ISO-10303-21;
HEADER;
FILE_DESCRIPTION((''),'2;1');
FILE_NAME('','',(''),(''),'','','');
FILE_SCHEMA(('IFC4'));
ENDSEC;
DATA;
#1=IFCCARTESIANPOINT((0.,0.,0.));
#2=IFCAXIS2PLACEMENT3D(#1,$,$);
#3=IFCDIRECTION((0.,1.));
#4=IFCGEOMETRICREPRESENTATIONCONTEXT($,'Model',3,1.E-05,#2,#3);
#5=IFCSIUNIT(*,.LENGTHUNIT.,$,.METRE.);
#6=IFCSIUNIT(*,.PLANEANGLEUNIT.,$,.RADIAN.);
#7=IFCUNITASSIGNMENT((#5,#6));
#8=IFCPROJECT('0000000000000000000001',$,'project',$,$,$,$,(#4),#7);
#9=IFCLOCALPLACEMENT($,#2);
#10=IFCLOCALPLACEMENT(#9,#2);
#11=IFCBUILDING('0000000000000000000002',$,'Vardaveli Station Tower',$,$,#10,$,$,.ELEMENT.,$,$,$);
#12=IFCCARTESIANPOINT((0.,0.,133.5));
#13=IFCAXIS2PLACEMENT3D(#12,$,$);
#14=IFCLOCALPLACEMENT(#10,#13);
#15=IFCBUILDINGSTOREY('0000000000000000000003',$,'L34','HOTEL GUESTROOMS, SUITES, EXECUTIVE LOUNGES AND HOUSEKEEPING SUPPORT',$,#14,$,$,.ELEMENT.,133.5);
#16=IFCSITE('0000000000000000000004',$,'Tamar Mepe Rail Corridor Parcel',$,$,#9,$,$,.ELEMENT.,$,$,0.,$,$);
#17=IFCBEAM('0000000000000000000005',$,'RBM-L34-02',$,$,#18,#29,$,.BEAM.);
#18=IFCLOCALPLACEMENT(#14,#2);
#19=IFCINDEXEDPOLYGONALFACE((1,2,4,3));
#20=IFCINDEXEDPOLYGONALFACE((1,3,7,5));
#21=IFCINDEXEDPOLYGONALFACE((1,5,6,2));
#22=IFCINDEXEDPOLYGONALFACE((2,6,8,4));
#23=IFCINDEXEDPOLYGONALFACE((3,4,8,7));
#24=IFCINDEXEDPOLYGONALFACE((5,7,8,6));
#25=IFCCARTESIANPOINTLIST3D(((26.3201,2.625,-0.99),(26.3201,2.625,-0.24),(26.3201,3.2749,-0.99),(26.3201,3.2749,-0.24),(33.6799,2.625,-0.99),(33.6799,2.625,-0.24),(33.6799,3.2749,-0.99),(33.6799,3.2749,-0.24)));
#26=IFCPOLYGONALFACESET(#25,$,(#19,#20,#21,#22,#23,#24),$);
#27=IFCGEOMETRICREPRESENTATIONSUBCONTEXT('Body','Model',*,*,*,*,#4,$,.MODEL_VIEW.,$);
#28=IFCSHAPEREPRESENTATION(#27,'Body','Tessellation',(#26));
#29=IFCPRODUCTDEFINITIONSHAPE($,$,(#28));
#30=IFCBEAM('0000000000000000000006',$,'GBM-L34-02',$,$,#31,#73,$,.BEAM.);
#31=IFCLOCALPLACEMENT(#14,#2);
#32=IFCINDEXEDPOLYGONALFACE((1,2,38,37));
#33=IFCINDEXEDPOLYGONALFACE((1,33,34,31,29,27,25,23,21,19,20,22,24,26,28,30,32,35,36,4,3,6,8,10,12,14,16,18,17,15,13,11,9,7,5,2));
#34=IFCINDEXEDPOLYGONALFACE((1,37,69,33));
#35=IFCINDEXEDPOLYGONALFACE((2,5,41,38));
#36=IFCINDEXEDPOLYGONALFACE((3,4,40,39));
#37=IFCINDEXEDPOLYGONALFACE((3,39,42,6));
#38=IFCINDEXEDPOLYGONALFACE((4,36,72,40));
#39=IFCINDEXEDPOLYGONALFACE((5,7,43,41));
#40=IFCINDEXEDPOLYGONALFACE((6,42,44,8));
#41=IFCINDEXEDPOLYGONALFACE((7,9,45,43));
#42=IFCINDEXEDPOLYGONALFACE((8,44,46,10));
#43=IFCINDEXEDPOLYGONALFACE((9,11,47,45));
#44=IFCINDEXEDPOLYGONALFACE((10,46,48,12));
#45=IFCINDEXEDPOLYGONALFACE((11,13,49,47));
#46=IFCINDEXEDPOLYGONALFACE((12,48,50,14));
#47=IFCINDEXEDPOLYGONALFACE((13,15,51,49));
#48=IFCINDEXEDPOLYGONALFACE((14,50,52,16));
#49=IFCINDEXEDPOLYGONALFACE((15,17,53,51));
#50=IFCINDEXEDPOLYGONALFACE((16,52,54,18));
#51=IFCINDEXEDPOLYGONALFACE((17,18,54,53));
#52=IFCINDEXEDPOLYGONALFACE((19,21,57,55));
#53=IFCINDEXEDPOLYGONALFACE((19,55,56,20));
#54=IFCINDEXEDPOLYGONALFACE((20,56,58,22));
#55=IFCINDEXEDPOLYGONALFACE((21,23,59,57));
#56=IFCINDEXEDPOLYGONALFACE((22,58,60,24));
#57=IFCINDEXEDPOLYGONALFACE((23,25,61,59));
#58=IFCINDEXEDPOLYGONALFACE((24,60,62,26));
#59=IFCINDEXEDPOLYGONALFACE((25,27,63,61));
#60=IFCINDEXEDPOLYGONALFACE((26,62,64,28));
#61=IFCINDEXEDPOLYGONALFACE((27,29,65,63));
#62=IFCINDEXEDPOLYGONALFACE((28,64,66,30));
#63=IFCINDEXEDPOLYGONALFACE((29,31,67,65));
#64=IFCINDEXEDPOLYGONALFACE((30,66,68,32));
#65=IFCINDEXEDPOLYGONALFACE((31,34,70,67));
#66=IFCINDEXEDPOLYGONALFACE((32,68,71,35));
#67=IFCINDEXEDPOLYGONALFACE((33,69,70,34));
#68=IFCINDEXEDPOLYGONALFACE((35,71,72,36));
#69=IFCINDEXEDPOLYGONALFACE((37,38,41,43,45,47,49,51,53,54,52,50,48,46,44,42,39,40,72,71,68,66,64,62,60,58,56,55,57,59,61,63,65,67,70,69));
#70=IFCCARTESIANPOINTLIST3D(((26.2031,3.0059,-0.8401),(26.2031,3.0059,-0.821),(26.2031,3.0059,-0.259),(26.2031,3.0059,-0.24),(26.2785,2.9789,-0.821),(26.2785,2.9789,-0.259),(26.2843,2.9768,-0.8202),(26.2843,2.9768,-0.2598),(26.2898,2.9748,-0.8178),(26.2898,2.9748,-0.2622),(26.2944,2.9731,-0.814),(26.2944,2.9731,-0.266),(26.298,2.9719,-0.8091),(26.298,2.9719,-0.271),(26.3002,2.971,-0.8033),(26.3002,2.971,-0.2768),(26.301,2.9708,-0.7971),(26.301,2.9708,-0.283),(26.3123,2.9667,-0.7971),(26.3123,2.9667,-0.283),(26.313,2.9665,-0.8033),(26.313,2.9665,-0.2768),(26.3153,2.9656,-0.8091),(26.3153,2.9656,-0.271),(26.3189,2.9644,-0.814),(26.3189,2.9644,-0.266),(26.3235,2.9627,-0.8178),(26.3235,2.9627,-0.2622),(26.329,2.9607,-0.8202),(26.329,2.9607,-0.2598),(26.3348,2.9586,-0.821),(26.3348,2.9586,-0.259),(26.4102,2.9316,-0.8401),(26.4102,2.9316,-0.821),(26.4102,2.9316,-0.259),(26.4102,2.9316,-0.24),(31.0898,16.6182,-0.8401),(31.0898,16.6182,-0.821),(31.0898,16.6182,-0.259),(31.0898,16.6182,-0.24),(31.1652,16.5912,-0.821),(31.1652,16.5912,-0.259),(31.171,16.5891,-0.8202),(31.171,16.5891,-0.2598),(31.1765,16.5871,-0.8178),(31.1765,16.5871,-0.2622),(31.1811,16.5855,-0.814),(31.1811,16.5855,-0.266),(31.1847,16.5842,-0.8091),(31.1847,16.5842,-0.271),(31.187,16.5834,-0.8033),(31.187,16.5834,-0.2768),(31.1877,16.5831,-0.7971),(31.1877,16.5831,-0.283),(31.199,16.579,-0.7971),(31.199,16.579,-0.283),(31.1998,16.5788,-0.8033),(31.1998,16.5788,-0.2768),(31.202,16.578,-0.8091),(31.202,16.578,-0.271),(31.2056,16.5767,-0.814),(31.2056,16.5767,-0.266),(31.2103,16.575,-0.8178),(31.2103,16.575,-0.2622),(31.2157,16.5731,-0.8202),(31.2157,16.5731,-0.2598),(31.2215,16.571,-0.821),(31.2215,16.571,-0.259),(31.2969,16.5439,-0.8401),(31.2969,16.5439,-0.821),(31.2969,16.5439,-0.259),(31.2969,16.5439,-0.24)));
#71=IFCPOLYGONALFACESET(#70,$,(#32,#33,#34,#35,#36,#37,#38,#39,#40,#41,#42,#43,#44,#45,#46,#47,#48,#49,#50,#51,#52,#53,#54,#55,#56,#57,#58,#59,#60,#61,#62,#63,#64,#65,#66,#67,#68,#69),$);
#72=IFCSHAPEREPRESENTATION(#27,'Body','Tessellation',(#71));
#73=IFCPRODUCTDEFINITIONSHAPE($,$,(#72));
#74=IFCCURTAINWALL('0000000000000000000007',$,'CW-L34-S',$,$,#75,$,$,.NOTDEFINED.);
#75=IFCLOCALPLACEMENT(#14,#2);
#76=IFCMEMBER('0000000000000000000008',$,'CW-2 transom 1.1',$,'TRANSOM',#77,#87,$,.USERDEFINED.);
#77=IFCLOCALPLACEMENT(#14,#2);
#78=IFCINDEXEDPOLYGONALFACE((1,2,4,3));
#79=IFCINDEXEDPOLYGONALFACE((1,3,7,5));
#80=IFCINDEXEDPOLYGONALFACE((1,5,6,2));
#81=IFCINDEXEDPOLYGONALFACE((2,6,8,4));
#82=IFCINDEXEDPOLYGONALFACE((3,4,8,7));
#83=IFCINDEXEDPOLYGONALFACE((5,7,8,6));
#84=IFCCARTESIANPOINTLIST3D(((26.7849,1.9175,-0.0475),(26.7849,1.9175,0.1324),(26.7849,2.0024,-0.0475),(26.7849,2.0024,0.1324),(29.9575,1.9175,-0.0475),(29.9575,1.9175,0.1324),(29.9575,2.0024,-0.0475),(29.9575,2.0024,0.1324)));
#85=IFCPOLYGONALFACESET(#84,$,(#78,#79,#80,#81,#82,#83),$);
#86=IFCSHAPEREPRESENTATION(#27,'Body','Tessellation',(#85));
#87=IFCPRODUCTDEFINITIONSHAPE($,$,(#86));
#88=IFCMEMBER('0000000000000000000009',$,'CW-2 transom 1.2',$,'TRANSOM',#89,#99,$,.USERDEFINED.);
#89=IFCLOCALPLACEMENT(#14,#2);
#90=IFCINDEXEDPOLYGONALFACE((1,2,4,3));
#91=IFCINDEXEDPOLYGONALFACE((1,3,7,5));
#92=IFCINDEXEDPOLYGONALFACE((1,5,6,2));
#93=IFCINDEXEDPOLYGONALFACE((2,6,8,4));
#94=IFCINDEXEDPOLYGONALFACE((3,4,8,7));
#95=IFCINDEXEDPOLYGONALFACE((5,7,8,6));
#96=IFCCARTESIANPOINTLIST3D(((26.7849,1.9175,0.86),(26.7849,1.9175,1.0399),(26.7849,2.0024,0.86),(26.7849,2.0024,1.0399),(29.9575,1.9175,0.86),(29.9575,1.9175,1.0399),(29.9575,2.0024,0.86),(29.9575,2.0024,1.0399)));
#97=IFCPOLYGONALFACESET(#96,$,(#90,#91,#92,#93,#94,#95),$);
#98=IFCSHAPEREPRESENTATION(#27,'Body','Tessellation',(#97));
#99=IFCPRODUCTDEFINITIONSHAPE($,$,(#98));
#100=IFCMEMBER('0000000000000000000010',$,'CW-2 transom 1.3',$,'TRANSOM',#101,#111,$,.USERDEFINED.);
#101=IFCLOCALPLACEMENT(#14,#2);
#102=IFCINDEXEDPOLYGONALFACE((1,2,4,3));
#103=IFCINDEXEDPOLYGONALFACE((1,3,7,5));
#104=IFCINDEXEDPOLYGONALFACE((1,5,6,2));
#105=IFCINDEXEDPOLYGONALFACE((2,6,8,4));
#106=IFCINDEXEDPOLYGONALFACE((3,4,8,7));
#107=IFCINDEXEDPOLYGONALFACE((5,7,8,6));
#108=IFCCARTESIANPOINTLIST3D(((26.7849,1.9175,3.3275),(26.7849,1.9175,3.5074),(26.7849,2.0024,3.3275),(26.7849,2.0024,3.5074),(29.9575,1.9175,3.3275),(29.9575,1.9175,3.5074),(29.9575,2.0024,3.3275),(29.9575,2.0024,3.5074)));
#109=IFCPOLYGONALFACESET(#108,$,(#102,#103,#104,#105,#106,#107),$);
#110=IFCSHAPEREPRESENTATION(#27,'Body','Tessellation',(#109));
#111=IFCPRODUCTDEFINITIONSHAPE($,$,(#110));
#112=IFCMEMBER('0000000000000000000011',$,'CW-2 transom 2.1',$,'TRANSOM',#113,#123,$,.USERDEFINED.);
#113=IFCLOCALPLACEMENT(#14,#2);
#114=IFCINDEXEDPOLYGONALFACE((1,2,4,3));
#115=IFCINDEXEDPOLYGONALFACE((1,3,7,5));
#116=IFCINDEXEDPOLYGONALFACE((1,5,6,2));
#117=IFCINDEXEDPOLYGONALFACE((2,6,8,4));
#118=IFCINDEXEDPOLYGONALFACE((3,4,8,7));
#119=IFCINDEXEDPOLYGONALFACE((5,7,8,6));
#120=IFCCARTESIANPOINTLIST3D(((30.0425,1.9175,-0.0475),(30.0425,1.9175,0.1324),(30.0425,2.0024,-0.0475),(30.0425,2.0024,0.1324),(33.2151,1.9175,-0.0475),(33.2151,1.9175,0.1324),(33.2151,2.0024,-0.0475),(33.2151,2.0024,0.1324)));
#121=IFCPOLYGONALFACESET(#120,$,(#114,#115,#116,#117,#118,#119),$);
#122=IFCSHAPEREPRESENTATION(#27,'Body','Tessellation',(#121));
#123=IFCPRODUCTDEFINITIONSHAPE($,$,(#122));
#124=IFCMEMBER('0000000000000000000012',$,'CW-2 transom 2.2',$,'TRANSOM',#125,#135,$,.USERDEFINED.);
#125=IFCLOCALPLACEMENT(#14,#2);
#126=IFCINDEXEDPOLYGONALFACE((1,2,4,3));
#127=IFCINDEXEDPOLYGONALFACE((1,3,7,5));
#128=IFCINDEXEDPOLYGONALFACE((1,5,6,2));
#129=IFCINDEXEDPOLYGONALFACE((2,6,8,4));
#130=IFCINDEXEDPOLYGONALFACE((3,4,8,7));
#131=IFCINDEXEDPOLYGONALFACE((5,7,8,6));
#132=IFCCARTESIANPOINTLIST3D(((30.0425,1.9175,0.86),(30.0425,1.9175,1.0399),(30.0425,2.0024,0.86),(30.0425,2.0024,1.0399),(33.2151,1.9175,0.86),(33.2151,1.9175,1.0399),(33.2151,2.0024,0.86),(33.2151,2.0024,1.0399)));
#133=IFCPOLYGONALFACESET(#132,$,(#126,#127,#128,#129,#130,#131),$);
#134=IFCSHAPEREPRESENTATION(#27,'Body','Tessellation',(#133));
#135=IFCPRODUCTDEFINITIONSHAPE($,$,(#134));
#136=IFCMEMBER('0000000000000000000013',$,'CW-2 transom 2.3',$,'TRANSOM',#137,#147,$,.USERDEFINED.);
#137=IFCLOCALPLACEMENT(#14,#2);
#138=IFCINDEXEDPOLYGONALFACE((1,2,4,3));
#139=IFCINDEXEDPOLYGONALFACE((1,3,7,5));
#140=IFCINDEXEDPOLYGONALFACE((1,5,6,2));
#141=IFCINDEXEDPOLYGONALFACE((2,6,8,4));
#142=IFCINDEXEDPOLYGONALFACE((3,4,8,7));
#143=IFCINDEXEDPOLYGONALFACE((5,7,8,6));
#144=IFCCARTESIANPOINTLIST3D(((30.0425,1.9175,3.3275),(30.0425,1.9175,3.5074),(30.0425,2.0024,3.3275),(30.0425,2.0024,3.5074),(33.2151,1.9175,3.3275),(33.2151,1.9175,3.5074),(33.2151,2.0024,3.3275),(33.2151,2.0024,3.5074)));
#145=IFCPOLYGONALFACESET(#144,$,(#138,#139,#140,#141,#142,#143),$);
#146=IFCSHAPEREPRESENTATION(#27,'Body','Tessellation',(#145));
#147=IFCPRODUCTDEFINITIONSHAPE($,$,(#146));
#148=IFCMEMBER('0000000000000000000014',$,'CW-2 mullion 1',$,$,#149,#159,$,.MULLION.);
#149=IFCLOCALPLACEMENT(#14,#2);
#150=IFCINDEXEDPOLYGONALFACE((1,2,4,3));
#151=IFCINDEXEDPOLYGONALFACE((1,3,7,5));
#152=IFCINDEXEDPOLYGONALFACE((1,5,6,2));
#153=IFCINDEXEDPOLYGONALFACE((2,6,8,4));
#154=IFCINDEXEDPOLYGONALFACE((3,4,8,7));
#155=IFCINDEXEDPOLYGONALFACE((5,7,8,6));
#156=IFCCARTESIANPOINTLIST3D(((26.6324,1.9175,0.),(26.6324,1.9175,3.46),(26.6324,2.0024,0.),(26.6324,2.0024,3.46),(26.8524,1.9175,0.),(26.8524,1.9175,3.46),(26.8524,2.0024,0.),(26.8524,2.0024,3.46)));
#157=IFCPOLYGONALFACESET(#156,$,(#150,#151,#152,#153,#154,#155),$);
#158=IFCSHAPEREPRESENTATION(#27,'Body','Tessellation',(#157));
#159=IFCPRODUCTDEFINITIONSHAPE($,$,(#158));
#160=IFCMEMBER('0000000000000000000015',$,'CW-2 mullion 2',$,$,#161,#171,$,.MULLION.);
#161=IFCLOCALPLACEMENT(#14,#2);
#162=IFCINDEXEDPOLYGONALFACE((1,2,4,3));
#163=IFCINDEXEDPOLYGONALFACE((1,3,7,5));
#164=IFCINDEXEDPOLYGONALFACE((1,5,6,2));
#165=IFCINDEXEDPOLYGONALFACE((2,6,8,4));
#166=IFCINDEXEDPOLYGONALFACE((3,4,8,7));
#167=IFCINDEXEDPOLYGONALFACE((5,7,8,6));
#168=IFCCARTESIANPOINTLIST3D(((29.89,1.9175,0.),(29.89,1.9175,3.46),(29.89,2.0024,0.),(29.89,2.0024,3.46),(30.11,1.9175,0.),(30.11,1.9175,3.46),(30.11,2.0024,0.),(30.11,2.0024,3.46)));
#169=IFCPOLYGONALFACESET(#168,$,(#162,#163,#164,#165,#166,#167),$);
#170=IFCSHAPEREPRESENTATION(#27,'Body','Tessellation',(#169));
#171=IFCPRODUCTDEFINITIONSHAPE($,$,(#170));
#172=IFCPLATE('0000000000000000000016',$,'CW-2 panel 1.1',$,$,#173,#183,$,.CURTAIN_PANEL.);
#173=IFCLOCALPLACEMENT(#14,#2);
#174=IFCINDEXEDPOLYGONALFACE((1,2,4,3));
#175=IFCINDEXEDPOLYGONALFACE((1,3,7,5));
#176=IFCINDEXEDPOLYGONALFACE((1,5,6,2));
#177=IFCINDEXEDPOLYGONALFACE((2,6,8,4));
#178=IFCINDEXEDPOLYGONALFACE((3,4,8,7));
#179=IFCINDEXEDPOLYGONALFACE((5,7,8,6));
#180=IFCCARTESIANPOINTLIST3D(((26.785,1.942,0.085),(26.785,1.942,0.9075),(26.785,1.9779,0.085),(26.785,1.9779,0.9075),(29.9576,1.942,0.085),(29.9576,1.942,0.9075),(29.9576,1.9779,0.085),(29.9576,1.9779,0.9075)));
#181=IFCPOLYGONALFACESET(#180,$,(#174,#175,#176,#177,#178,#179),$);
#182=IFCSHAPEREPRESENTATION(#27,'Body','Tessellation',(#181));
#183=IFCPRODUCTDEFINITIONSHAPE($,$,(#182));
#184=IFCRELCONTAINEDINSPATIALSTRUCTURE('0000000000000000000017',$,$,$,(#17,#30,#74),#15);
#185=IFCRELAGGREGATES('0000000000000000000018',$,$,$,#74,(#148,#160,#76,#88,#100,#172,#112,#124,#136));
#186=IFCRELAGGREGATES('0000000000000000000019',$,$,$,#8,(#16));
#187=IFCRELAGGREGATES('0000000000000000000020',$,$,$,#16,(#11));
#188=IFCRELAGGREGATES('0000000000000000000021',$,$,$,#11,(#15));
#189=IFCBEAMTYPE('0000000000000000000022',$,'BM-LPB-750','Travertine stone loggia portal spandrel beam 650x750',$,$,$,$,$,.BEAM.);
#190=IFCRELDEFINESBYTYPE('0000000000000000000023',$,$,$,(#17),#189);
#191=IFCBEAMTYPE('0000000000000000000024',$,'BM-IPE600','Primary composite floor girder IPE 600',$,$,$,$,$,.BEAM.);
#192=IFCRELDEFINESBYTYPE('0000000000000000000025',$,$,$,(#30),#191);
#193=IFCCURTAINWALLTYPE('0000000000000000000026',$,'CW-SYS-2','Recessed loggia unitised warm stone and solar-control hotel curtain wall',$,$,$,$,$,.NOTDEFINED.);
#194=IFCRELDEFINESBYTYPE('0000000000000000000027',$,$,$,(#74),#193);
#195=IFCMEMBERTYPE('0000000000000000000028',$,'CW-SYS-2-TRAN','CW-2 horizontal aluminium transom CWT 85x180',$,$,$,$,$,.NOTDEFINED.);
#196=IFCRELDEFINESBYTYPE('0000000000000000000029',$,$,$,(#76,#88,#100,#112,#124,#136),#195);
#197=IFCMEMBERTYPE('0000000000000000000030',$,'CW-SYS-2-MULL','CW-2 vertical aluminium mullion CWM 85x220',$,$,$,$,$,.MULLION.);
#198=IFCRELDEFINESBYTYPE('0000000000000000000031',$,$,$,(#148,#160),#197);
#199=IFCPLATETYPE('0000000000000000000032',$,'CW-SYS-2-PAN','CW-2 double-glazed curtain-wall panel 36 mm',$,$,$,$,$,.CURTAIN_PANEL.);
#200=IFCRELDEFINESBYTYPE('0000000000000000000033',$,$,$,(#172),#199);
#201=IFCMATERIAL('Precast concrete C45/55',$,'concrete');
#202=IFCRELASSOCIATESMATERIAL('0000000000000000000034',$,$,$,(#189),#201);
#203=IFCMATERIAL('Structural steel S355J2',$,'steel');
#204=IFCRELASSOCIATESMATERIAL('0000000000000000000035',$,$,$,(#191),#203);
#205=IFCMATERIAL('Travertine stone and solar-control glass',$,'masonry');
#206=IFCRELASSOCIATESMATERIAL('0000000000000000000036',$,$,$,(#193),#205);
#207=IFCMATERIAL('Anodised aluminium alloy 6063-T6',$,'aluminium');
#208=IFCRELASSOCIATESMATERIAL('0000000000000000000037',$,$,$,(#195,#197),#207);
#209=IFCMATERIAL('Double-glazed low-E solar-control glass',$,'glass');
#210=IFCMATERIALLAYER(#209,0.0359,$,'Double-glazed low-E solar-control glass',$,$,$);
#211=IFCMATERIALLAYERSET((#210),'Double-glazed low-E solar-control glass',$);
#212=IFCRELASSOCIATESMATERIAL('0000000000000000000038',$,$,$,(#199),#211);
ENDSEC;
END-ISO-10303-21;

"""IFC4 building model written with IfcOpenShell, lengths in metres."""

from ifc_helpers import new_model, si_unit, direction, frame, origin, origin_2d, place, context, subcontext, project, spatial, rectangle, i_section, extrude, source, transform, mapped, material, layer, layer_set, material_profile, profile_set, type_object, element, aggregate, save


model = new_model("IFC4")

# Units and contexts
model_context = context("Model", 3, precision=1e-05, world=origin(), true_north=direction((0.0, 1.0)))
body_context = subcontext(model_context, "Body", "Model", "MODEL_VIEW")
ifc_project = project(units=[si_unit("LENGTHUNIT", "METRE"), si_unit("PLANEANGLEUNIT", "RADIAN")], contexts=[model_context])

# Site, building, storey
site_placement = place(None, origin())
site = spatial("IfcSite", under=ifc_project, at=site_placement, Name="Tamar Mepe Rail Corridor Parcel", CompositionType="ELEMENT", RefElevation=0.0)
building_placement = place(site_placement, origin())
building = spatial("IfcBuilding", under=site, at=building_placement, Name="Vardaveli Station Tower", CompositionType="ELEMENT")
storey_placement = place(building_placement, frame((0.0, 0.0, 133.5)))
storey = spatial("IfcBuildingStorey", under=building, at=storey_placement, Name="L34", Description="HOTEL GUESTROOMS, SUITES, EXECUTIVE LOUNGES AND HOUSEKEEPING SUPPORT", CompositionType="ELEMENT", Elevation=133.5)

# Beams
ifc_material_1 = material(Name="Precast concrete C45/55", Category="concrete")
ifc_material_profile_1 = material_profile(ifc_material_1, rectangle(XDim=0.6499, YDim=0.75, at=origin_2d()), Name="LPB 650x750")
ifc_profile_set_1 = profile_set([ifc_material_profile_1], Name="Precast concrete C45/55")
beam_type_1 = type_object("IfcBeamType", Name="BM-LPB-750", Description="Travertine stone loggia portal spandrel beam 650x750", PredefinedType="BEAM", material=ifc_profile_set_1)
shared_shape_1 = source(origin(), body_context, "Body", "SweptSolid", [
    extrude(rectangle(XDim=0.6499, YDim=0.75, at=origin_2d()), origin(), (0.0, 0.0, 1.0), 7.3599),
])
beam_1_placement = place(storey_placement, frame((26.3201, 2.95, -0.615), z_axis=(1.0, 0.0, 0.0), x_axis=(0.0, 1.0, 0.0)))
element("IfcBeam", 1, at=beam_1_placement, inside=storey, type_object=beam_type_1, Name="RBM-L34-02", PredefinedType="BEAM", context=body_context, shape_type="MappedRepresentation", body=[
    mapped(shared_shape_1, transform((0.0, 0.0, 0.0), scale=1.0)),
])
ifc_material_2 = material(Name="Structural steel S355J2", Category="steel")
ifc_material_profile_2 = material_profile(ifc_material_2, i_section(OverallWidth=0.22, OverallDepth=0.6001, WebThickness=0.012, FlangeThickness=0.019, FilletRadius=0.0239, at=origin_2d()), Name="IPE 600")
ifc_profile_set_2 = profile_set([ifc_material_profile_2], Name="Structural steel S355J2")
beam_type_2 = type_object("IfcBeamType", Name="BM-IPE600", Description="Primary composite floor girder IPE 600", PredefinedType="BEAM", material=ifc_profile_set_2)
shared_shape_2 = source(origin(), body_context, "Body", "SweptSolid", [
    extrude(i_section(OverallWidth=0.22, OverallDepth=0.6001, WebThickness=0.012, FlangeThickness=0.019, FilletRadius=0.0239, at=origin_2d()), origin(), (0.0, 0.0, 1.0), 14.4629),
])
beam_2_placement = place(storey_placement, frame((26.3066, 2.9688, -0.54), z_axis=(0.33788, 0.941189, 0.0), x_axis=(-0.941189, 0.33788, 0.0)))
element("IfcBeam", 2, at=beam_2_placement, inside=storey, type_object=beam_type_2, Name="GBM-L34-02", PredefinedType="BEAM", context=body_context, shape_type="MappedRepresentation", body=[
    mapped(shared_shape_2, transform((0.0, 0.0, 0.0), scale=1.0)),
])

# Curtain wall, members, plate
ifc_material_3 = material(Name="Travertine stone and solar-control glass", Category="masonry")
curtain_wall_type = type_object("IfcCurtainWallType", Name="CW-SYS-2", Description="Recessed loggia unitised warm stone and solar-control hotel curtain wall", PredefinedType="NOTDEFINED", material=ifc_material_3)
curtain_wall_placement = place(storey_placement, origin())
curtain_wall = element("IfcCurtainWall", 3, at=curtain_wall_placement, inside=storey, type_object=curtain_wall_type, Name="CW-L34-S", PredefinedType="NOTDEFINED")
ifc_material_4 = material(Name="Anodised aluminium alloy 6063-T6", Category="aluminium")
ifc_material_profile_3 = material_profile(ifc_material_4, rectangle(XDim=0.085, YDim=0.1799, at=origin_2d()), Name="CWT 85x180")
ifc_profile_set_3 = profile_set([ifc_material_profile_3], Name="Anodised aluminium alloy 6063-T6")
member_type_1 = type_object("IfcMemberType", Name="CW-SYS-2-TRAN", Description="CW-2 horizontal aluminium transom CWT 85x180", PredefinedType="NOTDEFINED", material=ifc_profile_set_3)
shared_shape_3 = source(origin(), body_context, "Body", "SweptSolid", [
    extrude(rectangle(XDim=0.085, YDim=0.1799, at=origin_2d()), origin(), (0.0, 0.0, 1.0), 3.1726),
])
member_1_placement = place(storey_placement, frame((26.7849, 1.96, 0.0425), z_axis=(1.0, 0.0, 0.0), x_axis=(0.0, 1.0, 0.0)))
member_1 = element("IfcMember", 4, at=member_1_placement, type_object=member_type_1, Name="CW-2 transom 1.1", ObjectType="TRANSOM", PredefinedType="USERDEFINED", context=body_context, shape_type="MappedRepresentation", body=[
    mapped(shared_shape_3, transform((0.0, 0.0, 0.0), scale=1.0)),
])
member_2_placement = place(storey_placement, frame((26.7849, 1.96, 0.95), z_axis=(1.0, 0.0, 0.0), x_axis=(0.0, 1.0, 0.0)))
member_2 = element("IfcMember", 5, at=member_2_placement, type_object=member_type_1, Name="CW-2 transom 1.2", ObjectType="TRANSOM", PredefinedType="USERDEFINED", context=body_context, shape_type="MappedRepresentation", body=[
    mapped(shared_shape_3, transform((0.0, 0.0, 0.0), scale=1.0)),
])
member_3_placement = place(storey_placement, frame((26.7849, 1.96, 3.4175), z_axis=(1.0, 0.0, 0.0), x_axis=(0.0, 1.0, 0.0)))
member_3 = element("IfcMember", 6, at=member_3_placement, type_object=member_type_1, Name="CW-2 transom 1.3", ObjectType="TRANSOM", PredefinedType="USERDEFINED", context=body_context, shape_type="MappedRepresentation", body=[
    mapped(shared_shape_3, transform((0.0, 0.0, 0.0), scale=1.0)),
])
member_4_placement = place(storey_placement, frame((30.0425, 1.96, 0.0425), z_axis=(1.0, 0.0, 0.0), x_axis=(0.0, 1.0, 0.0)))
member_4 = element("IfcMember", 7, at=member_4_placement, type_object=member_type_1, Name="CW-2 transom 2.1", ObjectType="TRANSOM", PredefinedType="USERDEFINED", context=body_context, shape_type="MappedRepresentation", body=[
    mapped(shared_shape_3, transform((0.0, 0.0, 0.0), scale=1.0)),
])
member_5_placement = place(storey_placement, frame((30.0425, 1.96, 0.95), z_axis=(1.0, 0.0, 0.0), x_axis=(0.0, 1.0, 0.0)))
member_5 = element("IfcMember", 8, at=member_5_placement, type_object=member_type_1, Name="CW-2 transom 2.2", ObjectType="TRANSOM", PredefinedType="USERDEFINED", context=body_context, shape_type="MappedRepresentation", body=[
    mapped(shared_shape_3, transform((0.0, 0.0, 0.0), scale=1.0)),
])
member_6_placement = place(storey_placement, frame((30.0425, 1.96, 3.4175), z_axis=(1.0, 0.0, 0.0), x_axis=(0.0, 1.0, 0.0)))
member_6 = element("IfcMember", 9, at=member_6_placement, type_object=member_type_1, Name="CW-2 transom 2.3", ObjectType="TRANSOM", PredefinedType="USERDEFINED", context=body_context, shape_type="MappedRepresentation", body=[
    mapped(shared_shape_3, transform((0.0, 0.0, 0.0), scale=1.0)),
])
ifc_material_profile_4 = material_profile(ifc_material_4, rectangle(XDim=0.085, YDim=0.22, at=origin_2d()), Name="CWM 85x220")
ifc_profile_set_4 = profile_set([ifc_material_profile_4], Name="Anodised aluminium alloy 6063-T6")
member_type_2 = type_object("IfcMemberType", Name="CW-SYS-2-MULL", Description="CW-2 vertical aluminium mullion CWM 85x220", PredefinedType="MULLION", material=ifc_profile_set_4)
shared_shape_4 = source(origin(), body_context, "Body", "SweptSolid", [
    extrude(rectangle(XDim=0.085, YDim=0.22, at=origin_2d()), origin(), (0.0, 0.0, 1.0), 3.46),
])
member_7_placement = place(storey_placement, frame((26.7424, 1.96, 0.0), z_axis=(0.0, 0.0, 1.0), x_axis=(0.0, 1.0, 0.0)))
member_7 = element("IfcMember", 10, at=member_7_placement, type_object=member_type_2, Name="CW-2 mullion 1", PredefinedType="MULLION", context=body_context, shape_type="MappedRepresentation", body=[
    mapped(shared_shape_4, transform((0.0, 0.0, 0.0), scale=1.0)),
])
member_8_placement = place(storey_placement, frame((30.0, 1.96, 0.0), z_axis=(0.0, 0.0, 1.0), x_axis=(0.0, 1.0, 0.0)))
member_8 = element("IfcMember", 11, at=member_8_placement, type_object=member_type_2, Name="CW-2 mullion 2", PredefinedType="MULLION", context=body_context, shape_type="MappedRepresentation", body=[
    mapped(shared_shape_4, transform((0.0, 0.0, 0.0), scale=1.0)),
])
ifc_material_5 = material(Name="Double-glazed low-E solar-control glass", Category="glass")
ifc_layer_1 = layer(ifc_material_5, 0.0359, Name="Double-glazed low-E solar-control glass")
ifc_layer_set_1 = layer_set([ifc_layer_1], Name="Double-glazed low-E solar-control glass")
plate_type = type_object("IfcPlateType", Name="CW-SYS-2-PAN", Description="CW-2 double-glazed curtain-wall panel 36 mm", PredefinedType="CURTAIN_PANEL", material=ifc_layer_set_1)
shared_shape_5 = source(origin(), body_context, "Body", "SweptSolid", [
    extrude(rectangle(XDim=3.1726, YDim=0.0359, at=origin_2d()), origin(), (0.0, 0.0, 1.0), 0.8225),
])
plate_1_placement = place(storey_placement, frame((28.3713, 1.96, 0.085), z_axis=(0.0, 0.0, 1.0), x_axis=(1.0, 0.0, 0.0)))
plate_1 = element("IfcPlate", 12, at=plate_1_placement, type_object=plate_type, Name="CW-2 panel 1.1", PredefinedType="CURTAIN_PANEL", context=body_context, shape_type="MappedRepresentation", body=[
    mapped(shared_shape_5, transform((0.0, 0.0, 0.0), scale=1.0)),
])
aggregate(curtain_wall, [member_7, member_8, member_1, member_2, member_3, plate_1, member_4, member_5, member_6])

save(model, "model.ifc")
